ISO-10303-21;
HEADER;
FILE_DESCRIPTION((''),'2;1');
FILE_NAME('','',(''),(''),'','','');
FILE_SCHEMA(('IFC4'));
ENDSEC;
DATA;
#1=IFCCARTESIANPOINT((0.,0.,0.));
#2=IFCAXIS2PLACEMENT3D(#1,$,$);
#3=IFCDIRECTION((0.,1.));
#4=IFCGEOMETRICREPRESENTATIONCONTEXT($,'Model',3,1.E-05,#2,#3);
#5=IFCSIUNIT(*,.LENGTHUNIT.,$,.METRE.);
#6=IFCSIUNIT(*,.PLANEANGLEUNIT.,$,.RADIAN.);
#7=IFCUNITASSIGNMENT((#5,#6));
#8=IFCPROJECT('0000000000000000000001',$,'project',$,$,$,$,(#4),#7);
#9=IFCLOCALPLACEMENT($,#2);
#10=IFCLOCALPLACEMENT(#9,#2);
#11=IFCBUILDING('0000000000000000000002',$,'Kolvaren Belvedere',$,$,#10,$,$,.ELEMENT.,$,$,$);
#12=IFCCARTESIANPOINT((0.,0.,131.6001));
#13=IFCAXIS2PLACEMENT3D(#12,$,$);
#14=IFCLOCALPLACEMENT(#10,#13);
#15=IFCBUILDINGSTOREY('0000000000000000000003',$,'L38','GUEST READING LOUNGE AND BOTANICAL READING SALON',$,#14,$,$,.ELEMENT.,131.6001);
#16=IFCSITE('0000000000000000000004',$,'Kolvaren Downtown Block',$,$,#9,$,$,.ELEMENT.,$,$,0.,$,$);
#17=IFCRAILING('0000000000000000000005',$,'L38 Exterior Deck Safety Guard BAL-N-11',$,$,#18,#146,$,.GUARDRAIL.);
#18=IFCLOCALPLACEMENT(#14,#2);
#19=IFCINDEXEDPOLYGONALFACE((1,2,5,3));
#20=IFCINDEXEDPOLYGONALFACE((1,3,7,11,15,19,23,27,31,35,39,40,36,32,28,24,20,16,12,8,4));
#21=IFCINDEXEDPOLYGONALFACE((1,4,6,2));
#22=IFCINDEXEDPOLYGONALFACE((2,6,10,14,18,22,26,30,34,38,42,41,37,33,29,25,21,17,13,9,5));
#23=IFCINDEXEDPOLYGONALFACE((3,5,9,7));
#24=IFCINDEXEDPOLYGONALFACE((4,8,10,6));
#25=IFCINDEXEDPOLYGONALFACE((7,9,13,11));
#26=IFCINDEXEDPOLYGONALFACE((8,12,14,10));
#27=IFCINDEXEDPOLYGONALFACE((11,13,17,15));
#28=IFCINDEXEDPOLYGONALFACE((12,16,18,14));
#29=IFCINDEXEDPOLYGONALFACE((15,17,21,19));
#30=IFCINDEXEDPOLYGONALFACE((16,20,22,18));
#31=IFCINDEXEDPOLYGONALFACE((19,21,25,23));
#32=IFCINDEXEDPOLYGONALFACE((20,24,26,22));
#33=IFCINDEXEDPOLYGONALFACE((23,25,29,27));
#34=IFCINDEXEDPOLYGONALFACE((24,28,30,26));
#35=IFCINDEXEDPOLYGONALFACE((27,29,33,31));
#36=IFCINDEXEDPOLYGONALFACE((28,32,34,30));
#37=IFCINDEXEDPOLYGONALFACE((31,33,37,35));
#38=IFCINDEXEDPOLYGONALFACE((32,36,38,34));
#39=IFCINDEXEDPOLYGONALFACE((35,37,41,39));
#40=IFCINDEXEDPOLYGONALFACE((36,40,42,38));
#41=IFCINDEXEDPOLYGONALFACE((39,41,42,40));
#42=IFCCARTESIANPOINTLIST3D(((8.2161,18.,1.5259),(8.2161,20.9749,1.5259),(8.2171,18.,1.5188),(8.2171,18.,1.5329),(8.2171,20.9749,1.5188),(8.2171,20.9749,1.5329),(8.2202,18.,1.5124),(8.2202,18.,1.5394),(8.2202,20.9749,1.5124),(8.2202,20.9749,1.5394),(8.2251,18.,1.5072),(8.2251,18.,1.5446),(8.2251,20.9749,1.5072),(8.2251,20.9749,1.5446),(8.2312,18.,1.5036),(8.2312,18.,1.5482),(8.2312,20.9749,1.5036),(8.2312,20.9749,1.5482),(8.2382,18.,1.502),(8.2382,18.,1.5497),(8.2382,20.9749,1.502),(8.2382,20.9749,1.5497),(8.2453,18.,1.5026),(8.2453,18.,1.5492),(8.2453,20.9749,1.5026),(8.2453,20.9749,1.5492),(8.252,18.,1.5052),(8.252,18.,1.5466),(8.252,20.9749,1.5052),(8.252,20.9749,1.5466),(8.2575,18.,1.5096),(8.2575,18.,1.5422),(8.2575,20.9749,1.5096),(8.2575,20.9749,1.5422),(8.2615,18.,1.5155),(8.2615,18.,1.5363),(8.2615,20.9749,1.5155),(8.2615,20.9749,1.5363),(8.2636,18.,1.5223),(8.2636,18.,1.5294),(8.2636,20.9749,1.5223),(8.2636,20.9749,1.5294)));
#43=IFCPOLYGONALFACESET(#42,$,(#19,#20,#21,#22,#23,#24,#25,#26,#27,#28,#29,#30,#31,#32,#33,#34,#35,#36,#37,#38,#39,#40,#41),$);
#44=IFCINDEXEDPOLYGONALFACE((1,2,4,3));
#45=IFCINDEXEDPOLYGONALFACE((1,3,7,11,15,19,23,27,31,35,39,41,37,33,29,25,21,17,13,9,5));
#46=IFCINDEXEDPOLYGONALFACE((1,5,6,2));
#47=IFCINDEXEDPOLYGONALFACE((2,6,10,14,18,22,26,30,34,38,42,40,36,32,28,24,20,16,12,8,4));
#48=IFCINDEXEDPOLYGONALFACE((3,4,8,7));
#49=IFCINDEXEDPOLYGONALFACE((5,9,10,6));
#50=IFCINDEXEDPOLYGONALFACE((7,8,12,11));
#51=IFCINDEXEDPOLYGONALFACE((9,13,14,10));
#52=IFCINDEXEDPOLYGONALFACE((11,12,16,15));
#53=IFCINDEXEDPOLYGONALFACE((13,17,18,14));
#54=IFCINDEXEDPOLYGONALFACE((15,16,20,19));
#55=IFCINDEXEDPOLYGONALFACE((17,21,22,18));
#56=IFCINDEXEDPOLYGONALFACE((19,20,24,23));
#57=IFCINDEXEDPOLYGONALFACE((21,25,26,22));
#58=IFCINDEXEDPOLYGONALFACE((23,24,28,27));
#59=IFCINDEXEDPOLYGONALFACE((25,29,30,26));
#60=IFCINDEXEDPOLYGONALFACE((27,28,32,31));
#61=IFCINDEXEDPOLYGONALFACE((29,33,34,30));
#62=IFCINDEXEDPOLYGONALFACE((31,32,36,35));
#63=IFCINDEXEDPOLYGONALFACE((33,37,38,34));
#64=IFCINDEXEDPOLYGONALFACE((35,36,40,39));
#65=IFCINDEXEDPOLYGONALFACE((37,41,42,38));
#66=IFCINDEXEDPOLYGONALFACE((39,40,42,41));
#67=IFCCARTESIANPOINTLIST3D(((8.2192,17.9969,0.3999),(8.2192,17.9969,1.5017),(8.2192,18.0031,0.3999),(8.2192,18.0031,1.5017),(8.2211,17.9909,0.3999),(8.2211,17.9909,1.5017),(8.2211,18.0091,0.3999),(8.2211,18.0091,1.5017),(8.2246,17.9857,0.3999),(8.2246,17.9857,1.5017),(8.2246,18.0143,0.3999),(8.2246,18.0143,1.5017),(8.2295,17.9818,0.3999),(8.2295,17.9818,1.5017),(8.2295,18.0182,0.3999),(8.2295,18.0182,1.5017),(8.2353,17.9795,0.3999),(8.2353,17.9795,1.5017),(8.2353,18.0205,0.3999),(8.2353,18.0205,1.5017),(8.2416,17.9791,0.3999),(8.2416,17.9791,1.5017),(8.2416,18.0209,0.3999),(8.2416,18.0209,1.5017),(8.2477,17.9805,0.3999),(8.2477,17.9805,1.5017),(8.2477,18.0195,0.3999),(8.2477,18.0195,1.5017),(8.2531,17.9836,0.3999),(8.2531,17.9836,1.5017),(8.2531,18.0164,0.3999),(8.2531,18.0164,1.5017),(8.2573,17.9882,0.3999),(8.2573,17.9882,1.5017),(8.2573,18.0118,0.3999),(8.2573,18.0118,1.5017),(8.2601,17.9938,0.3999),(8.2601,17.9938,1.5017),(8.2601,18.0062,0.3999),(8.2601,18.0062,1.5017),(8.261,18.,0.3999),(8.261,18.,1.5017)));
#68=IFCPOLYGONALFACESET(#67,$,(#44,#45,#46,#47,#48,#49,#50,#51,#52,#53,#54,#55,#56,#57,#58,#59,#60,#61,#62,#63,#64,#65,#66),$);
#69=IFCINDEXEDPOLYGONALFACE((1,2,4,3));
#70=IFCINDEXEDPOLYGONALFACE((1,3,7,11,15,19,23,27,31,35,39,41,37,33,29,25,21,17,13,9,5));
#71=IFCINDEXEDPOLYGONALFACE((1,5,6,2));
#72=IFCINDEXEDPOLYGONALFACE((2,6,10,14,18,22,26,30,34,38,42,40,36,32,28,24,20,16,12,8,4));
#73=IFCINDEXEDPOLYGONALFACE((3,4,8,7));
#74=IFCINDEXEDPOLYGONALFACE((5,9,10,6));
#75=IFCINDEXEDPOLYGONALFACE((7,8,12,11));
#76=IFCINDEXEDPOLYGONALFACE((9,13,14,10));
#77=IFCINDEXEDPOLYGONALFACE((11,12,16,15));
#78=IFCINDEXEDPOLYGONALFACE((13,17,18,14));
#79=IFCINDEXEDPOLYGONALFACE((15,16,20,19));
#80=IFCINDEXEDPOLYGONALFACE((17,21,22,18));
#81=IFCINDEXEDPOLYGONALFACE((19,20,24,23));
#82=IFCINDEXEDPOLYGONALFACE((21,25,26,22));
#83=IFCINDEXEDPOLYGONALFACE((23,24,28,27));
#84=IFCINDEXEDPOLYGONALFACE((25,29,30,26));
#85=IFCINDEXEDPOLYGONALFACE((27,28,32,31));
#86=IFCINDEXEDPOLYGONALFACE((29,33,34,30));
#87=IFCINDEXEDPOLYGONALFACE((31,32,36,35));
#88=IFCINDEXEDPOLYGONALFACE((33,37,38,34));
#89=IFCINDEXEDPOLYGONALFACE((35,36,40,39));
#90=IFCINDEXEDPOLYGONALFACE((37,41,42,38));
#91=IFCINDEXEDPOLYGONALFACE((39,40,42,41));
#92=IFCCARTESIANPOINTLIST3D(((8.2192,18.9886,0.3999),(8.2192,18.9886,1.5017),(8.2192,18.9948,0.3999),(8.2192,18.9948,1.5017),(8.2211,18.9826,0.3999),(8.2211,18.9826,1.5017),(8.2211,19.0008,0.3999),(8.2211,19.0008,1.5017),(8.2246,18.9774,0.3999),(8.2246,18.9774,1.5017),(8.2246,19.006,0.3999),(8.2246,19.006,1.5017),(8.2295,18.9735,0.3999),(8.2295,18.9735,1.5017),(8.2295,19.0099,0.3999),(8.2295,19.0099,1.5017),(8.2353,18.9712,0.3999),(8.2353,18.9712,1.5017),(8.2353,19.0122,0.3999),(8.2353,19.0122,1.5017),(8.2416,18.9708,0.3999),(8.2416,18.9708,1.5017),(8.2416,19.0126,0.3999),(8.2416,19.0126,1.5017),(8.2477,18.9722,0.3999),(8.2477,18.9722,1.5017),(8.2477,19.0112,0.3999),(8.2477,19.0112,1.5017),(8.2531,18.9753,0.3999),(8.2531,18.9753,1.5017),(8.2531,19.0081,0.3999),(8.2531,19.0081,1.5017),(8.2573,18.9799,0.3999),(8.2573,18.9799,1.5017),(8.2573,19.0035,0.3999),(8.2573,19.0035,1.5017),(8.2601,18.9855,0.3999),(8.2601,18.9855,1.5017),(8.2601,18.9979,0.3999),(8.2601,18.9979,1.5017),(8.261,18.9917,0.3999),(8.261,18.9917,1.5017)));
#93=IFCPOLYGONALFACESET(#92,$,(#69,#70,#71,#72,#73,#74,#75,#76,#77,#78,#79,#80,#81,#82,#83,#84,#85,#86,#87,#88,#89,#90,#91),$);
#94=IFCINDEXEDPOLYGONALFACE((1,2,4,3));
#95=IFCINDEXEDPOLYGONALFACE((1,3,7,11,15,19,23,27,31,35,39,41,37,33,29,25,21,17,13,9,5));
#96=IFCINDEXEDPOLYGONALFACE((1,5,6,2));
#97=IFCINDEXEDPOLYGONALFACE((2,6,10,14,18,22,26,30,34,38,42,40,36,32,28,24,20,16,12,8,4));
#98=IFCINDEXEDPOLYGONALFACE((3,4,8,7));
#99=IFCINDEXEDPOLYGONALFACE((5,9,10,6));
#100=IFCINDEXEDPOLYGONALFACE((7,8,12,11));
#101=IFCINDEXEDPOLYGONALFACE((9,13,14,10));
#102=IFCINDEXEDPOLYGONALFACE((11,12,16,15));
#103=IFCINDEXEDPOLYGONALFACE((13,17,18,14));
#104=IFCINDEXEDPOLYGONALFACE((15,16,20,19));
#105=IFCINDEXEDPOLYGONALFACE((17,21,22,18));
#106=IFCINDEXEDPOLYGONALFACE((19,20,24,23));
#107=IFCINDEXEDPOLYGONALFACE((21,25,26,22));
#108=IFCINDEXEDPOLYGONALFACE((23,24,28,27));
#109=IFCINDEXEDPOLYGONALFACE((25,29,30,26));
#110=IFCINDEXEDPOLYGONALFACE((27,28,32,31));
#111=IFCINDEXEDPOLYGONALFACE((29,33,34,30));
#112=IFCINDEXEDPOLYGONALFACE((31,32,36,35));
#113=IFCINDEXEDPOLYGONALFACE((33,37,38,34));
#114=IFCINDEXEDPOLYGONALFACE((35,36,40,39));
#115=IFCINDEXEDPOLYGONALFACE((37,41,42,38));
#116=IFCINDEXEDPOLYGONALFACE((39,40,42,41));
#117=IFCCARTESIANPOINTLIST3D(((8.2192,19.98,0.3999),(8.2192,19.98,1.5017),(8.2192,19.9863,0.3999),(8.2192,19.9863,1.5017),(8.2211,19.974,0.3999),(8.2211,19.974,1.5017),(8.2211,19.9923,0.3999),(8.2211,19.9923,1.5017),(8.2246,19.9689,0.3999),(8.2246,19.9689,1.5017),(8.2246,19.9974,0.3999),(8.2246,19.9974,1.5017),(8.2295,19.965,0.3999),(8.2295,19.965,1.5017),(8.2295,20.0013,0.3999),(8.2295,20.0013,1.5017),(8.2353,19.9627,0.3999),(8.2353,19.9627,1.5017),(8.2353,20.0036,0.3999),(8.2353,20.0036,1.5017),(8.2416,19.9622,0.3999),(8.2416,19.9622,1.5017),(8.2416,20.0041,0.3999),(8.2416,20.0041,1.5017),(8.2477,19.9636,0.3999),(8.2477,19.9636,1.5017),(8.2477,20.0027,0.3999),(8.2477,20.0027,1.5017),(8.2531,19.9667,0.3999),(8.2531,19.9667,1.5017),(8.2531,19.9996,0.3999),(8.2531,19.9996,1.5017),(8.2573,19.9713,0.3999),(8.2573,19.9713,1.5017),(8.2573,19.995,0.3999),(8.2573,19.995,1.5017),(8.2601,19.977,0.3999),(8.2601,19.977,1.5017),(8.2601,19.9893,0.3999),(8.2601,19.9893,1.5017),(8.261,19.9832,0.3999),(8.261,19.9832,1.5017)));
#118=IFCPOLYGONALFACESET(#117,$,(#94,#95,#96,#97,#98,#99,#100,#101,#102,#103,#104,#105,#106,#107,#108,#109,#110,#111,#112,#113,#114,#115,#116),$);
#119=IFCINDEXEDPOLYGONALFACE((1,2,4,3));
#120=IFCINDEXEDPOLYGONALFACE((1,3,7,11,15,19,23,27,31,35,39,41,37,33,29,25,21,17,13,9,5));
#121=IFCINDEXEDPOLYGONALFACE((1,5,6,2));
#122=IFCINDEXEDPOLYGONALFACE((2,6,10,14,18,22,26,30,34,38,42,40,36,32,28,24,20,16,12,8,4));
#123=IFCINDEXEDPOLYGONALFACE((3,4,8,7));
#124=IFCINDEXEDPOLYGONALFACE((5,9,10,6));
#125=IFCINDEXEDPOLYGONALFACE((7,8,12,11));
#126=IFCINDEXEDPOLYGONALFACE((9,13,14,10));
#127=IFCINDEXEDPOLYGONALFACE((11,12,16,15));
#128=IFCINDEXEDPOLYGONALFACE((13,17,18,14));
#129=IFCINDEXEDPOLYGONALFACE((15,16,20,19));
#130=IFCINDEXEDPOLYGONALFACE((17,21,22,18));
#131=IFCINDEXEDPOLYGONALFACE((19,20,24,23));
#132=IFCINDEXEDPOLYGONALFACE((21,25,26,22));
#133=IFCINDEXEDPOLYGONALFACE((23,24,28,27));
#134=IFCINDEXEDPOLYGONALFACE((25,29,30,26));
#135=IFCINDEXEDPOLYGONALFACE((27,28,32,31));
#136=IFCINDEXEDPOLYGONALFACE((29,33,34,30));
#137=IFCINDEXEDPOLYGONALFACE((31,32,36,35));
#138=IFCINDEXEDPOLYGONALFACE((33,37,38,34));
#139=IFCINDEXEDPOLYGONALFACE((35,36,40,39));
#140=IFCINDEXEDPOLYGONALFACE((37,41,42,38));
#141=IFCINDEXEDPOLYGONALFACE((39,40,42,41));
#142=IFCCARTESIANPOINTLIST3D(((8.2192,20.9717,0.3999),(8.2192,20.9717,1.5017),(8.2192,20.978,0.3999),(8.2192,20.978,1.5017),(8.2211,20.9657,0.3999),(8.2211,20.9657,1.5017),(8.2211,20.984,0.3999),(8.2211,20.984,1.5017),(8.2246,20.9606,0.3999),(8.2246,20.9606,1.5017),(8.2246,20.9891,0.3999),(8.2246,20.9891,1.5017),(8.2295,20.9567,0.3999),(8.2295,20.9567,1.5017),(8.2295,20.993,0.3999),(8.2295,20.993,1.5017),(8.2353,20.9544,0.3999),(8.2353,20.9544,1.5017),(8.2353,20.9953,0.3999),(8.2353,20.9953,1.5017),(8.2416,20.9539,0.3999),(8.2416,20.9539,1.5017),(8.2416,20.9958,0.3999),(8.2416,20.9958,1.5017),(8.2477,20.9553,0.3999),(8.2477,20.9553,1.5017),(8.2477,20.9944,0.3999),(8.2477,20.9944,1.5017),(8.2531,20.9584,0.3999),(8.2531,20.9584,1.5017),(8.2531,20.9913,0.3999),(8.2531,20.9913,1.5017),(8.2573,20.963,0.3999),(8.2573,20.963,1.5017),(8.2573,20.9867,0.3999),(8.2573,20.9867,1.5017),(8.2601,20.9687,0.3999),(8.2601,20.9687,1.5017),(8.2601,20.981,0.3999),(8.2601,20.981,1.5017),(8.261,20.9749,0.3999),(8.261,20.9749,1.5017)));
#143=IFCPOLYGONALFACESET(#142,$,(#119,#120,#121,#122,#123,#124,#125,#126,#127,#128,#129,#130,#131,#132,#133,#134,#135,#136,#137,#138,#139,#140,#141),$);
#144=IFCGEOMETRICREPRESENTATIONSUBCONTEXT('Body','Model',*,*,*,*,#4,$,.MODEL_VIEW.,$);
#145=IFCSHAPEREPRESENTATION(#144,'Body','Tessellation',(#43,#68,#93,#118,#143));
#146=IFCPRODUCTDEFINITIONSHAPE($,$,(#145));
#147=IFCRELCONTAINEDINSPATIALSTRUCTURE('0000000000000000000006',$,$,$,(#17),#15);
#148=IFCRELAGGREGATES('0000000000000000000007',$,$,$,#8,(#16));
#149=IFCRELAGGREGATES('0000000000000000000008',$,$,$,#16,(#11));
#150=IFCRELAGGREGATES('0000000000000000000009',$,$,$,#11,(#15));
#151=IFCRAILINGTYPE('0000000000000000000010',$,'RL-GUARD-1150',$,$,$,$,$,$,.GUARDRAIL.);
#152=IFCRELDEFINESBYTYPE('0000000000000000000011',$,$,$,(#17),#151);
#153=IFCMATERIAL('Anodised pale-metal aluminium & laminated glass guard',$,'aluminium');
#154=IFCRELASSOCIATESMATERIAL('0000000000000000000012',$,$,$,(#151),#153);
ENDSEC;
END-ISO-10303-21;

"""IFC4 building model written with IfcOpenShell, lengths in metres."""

from ifc_helpers import new_model, si_unit, direction, frame, origin, origin_2d, place, context, subcontext, project, spatial, circle, extrude, material, type_object, element, save


model = new_model("IFC4")

# Units and contexts
model_context = context("Model", 3, precision=1e-05, world=origin(), true_north=direction((0.0, 1.0)))
body_context = subcontext(model_context, "Body", "Model", "MODEL_VIEW")
ifc_project = project(units=[si_unit("LENGTHUNIT", "METRE"), si_unit("PLANEANGLEUNIT", "RADIAN")], contexts=[model_context])

# Site, building, storey
site_placement = place(None, origin())
site = spatial("IfcSite", under=ifc_project, at=site_placement, Name="Kolvaren Downtown Block", CompositionType="ELEMENT", RefElevation=0.0)
building_placement = place(site_placement, origin())
building = spatial("IfcBuilding", under=site, at=building_placement, Name="Kolvaren Belvedere", CompositionType="ELEMENT")
storey_placement = place(building_placement, frame((0.0, 0.0, 131.6001)))
storey = spatial("IfcBuildingStorey", under=building, at=storey_placement, Name="L38", Description="GUEST READING LOUNGE AND BOTANICAL READING SALON", CompositionType="ELEMENT", Elevation=131.6001)

# Railing
ifc_material_1 = material(Name="Anodised pale-metal aluminium & laminated glass guard", Category="aluminium")
railing_type = type_object("IfcRailingType", Name="RL-GUARD-1150", PredefinedType="GUARDRAIL", material=ifc_material_1)
railing_1_placement = place(storey_placement, frame((8.24, 18.0, 0.3999)))
element("IfcRailing", 1, at=railing_1_placement, inside=storey, type_object=railing_type, Name="L38 Exterior Deck Safety Guard BAL-N-11", PredefinedType="GUARDRAIL", context=body_context, shape_type="SweptSolid", body=[
    extrude(circle(Radius=0.0239, at=origin_2d()), frame((0.0, 0.0, 1.126), z_axis=(0.0, 1.0, 0.0), x_axis=(-1.0, 0.0, 0.0)), (0.0, 0.0, 1.0), 2.9749),
    extrude(circle(Radius=0.021, at=origin_2d()), origin(), (0.0, 0.0, 1.0), 1.1018),
    extrude(circle(Radius=0.021, at=origin_2d()), frame((0.0, 0.9917, 0.0)), (0.0, 0.0, 1.0), 1.1018),
    extrude(circle(Radius=0.021, at=origin_2d()), frame((0.0, 1.9832, 0.0)), (0.0, 0.0, 1.0), 1.1018),
    extrude(circle(Radius=0.021, at=origin_2d()), frame((0.0, 2.9749, 0.0)), (0.0, 0.0, 1.0), 1.1018),
])

save(model, "model.ifc")
